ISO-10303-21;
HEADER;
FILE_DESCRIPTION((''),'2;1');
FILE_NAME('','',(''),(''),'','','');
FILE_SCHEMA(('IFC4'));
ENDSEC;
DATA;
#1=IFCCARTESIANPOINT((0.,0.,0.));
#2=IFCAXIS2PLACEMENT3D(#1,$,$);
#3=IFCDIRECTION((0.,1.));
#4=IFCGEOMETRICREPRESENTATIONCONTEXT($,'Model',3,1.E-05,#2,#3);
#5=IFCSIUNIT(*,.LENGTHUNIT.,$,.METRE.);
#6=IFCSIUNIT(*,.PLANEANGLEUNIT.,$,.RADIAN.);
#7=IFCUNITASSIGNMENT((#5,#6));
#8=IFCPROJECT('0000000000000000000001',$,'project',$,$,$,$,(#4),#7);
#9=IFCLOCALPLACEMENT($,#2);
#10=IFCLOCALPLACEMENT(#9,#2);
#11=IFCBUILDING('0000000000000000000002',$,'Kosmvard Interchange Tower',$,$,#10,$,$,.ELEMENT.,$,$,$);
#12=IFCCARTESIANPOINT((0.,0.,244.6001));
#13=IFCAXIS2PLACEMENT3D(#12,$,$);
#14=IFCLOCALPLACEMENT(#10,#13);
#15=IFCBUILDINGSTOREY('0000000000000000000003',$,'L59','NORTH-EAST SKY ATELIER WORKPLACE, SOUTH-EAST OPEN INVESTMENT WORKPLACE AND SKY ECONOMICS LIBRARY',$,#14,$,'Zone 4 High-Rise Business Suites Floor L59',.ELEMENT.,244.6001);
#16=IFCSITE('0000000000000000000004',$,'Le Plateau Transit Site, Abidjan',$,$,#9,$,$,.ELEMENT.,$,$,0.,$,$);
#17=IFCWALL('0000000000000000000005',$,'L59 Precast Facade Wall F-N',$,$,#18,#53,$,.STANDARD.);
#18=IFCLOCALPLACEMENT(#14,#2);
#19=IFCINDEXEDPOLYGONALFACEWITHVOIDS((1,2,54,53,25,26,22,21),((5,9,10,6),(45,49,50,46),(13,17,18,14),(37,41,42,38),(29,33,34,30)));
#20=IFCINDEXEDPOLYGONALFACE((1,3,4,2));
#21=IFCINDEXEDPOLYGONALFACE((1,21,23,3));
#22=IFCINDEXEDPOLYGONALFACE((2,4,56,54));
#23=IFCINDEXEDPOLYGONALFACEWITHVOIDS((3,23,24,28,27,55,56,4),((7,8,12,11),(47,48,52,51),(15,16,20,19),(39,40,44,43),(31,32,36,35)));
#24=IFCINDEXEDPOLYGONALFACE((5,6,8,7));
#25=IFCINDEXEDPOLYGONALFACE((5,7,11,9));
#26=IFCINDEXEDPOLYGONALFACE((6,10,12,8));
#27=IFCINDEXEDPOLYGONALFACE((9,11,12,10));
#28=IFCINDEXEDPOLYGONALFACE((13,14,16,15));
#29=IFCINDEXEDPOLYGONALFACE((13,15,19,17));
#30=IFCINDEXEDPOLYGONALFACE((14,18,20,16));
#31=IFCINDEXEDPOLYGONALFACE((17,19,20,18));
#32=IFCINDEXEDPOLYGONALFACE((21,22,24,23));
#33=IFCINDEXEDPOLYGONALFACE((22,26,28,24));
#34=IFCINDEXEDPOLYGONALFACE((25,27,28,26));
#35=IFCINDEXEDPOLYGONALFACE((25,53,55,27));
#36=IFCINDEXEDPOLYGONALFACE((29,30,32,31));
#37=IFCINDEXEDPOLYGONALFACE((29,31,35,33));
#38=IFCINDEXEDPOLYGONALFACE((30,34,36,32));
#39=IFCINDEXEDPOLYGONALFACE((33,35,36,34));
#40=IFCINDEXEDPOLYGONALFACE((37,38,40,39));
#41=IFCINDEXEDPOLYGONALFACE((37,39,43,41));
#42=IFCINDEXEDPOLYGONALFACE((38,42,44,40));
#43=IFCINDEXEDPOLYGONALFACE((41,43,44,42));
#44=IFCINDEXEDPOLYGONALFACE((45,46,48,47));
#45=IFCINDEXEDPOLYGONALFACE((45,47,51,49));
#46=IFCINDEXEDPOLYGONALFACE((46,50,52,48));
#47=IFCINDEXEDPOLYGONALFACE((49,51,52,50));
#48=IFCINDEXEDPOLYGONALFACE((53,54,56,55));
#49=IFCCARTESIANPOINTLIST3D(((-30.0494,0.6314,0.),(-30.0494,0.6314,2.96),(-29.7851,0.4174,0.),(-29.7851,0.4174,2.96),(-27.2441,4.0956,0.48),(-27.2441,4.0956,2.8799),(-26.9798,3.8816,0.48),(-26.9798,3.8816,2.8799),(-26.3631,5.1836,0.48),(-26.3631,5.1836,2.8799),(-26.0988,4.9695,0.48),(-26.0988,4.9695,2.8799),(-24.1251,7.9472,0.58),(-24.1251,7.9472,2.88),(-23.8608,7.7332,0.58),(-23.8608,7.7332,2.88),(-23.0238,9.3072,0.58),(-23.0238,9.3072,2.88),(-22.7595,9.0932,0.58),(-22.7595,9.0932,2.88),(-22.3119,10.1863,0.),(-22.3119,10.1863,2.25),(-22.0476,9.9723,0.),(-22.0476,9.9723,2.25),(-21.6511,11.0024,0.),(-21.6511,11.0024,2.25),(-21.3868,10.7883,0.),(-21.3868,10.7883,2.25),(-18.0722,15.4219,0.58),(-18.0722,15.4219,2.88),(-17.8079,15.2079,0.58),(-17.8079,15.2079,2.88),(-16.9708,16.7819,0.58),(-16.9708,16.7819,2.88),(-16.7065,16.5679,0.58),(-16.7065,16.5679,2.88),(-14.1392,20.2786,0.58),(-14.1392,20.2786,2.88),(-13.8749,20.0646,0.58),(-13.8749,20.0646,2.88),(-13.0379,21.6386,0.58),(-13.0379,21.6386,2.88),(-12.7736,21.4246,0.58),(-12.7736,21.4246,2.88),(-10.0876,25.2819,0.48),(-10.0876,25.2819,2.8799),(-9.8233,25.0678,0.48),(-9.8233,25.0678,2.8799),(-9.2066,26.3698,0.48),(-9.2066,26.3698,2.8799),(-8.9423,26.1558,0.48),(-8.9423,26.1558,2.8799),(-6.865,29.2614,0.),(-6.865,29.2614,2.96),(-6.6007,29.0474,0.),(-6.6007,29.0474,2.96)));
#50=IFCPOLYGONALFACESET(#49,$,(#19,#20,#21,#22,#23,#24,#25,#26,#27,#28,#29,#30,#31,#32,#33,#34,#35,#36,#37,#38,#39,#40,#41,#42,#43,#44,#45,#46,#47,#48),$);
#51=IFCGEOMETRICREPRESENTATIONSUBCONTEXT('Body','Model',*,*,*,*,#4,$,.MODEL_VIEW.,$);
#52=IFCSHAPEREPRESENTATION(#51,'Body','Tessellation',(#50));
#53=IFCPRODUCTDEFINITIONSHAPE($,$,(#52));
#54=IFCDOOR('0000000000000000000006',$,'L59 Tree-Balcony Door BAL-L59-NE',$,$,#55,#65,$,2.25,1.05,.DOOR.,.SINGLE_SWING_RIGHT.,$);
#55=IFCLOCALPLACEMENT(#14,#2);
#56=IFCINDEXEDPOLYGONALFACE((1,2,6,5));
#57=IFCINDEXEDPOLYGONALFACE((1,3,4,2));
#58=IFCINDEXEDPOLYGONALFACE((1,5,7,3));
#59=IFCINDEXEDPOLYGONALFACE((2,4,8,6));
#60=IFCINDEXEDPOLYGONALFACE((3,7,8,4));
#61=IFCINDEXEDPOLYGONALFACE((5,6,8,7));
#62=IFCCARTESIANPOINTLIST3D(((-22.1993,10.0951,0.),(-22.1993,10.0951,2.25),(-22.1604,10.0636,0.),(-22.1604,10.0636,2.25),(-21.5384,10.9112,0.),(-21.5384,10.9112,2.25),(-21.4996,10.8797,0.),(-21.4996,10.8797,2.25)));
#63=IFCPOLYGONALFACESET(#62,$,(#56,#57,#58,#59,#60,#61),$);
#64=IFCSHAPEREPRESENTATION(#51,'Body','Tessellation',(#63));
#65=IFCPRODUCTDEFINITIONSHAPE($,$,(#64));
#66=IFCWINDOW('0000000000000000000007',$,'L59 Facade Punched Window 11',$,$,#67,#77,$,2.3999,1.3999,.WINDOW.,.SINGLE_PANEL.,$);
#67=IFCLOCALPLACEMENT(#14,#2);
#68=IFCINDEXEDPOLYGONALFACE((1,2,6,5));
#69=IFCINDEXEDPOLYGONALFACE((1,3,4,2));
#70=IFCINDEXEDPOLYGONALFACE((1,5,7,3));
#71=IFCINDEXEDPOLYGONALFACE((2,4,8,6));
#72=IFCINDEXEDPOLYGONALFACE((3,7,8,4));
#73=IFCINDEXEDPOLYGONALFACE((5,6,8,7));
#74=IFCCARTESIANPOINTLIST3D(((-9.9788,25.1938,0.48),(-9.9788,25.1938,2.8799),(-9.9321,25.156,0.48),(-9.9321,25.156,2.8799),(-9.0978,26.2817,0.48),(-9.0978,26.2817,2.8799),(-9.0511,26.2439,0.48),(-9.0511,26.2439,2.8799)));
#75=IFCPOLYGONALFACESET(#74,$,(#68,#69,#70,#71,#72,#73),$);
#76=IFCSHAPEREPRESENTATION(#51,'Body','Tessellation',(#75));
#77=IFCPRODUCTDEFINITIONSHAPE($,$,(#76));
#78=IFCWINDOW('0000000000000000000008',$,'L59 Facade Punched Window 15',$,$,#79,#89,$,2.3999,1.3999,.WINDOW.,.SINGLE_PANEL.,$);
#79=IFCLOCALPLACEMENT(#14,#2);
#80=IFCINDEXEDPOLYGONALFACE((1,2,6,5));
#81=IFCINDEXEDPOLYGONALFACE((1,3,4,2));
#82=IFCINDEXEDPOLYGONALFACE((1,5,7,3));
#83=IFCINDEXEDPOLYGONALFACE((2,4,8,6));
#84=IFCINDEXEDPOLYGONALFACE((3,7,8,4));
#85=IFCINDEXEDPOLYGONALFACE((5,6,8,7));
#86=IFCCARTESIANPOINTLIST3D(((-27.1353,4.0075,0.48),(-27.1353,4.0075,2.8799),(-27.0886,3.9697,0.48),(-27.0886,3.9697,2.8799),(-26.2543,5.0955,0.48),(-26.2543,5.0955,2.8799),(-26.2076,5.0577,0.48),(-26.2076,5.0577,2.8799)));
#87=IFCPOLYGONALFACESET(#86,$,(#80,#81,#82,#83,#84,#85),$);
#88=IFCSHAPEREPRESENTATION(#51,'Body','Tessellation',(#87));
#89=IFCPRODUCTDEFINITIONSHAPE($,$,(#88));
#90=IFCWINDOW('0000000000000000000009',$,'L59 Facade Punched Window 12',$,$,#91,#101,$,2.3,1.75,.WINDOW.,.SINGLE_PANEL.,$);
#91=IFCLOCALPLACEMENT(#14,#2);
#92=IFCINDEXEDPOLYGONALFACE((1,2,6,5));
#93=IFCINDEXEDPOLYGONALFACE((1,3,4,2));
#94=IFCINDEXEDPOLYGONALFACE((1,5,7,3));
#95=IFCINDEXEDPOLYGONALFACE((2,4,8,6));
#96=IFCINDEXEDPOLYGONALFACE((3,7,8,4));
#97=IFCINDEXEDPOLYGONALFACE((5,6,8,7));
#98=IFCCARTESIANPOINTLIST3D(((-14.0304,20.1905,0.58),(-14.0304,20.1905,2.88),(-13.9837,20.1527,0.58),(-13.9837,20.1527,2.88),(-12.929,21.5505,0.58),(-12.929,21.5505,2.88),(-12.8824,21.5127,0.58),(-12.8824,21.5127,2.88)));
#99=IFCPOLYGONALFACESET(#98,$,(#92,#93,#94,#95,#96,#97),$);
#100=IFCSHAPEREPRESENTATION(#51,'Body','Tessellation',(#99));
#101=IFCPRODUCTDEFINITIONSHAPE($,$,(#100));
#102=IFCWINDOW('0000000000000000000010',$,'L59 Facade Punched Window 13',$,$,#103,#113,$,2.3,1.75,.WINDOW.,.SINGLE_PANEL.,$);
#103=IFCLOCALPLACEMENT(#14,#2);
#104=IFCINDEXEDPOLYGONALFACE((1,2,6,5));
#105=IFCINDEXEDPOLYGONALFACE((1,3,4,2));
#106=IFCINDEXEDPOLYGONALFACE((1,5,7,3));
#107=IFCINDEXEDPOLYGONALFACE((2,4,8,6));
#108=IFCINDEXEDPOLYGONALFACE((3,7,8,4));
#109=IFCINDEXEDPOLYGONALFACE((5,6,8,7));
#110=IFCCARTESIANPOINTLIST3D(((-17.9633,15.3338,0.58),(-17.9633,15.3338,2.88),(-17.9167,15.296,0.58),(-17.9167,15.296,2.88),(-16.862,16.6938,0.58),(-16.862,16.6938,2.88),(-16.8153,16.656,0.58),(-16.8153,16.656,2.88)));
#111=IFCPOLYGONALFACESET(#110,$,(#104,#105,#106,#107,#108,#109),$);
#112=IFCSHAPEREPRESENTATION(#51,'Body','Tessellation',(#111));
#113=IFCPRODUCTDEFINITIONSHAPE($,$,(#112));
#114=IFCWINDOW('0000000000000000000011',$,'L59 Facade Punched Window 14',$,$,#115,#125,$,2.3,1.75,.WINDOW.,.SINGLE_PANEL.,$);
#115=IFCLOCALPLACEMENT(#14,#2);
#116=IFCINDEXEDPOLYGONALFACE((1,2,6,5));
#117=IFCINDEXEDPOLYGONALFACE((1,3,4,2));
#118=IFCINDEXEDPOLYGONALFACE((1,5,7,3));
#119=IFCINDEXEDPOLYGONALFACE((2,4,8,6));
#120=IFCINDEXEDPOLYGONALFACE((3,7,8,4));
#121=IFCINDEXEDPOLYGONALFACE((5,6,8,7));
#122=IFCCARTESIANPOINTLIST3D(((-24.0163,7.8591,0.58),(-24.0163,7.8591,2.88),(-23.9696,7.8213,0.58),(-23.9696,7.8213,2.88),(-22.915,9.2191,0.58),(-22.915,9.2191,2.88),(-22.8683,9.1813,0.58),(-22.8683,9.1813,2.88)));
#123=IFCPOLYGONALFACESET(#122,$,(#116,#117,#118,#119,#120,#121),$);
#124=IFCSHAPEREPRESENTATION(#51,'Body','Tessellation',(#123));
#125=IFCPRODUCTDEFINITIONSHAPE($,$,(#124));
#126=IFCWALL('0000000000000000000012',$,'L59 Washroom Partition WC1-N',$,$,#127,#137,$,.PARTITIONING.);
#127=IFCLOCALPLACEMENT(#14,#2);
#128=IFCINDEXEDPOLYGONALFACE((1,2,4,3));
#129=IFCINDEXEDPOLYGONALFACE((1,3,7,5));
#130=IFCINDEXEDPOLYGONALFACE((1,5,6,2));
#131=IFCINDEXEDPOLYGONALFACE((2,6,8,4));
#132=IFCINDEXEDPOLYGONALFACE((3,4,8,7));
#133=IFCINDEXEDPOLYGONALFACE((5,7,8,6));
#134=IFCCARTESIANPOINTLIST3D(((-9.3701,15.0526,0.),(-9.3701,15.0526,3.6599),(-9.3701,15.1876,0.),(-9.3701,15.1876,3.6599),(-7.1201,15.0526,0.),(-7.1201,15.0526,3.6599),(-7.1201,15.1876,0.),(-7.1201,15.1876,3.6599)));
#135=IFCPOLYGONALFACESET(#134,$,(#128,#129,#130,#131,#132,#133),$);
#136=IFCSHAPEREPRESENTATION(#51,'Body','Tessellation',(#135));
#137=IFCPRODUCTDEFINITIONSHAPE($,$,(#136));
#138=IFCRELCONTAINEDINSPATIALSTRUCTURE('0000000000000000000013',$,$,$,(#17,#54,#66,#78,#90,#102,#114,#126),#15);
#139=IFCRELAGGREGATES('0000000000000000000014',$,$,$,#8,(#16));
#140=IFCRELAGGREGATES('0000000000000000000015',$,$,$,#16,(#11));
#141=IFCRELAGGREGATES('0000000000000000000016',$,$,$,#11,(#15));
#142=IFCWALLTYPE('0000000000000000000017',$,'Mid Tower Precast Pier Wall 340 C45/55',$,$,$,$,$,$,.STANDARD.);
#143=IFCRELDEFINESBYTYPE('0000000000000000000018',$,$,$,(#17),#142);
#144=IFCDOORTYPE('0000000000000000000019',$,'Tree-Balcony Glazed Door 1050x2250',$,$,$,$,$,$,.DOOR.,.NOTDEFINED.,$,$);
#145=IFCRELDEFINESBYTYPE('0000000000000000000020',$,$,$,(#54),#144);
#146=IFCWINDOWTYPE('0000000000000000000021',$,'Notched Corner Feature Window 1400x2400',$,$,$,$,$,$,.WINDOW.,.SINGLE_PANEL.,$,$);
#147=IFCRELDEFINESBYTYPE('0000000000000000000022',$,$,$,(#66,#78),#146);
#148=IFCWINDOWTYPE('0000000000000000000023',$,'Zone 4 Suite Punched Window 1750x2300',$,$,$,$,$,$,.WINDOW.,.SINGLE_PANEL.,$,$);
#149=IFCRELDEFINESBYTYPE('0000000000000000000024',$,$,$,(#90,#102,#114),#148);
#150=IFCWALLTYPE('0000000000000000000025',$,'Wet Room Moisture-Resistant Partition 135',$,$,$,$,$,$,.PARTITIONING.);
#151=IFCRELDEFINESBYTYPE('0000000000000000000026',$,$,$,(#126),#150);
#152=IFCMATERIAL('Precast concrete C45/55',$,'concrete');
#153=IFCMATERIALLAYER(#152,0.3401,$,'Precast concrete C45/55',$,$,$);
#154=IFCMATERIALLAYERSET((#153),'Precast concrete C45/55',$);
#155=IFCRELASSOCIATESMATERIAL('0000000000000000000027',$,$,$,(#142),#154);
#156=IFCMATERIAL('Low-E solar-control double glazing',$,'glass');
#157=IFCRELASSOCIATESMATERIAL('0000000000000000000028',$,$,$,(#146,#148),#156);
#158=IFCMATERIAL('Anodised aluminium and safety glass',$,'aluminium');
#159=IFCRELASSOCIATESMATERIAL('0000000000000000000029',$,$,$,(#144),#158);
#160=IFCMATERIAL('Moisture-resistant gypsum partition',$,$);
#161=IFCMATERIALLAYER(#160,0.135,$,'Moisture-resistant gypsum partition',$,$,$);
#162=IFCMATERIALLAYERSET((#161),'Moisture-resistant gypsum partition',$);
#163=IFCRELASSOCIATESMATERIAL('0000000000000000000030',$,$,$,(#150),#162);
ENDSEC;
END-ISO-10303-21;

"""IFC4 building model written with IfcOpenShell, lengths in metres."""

from ifc_helpers import new_model, si_unit, direction, frame, frame_2d, origin, place, context, subcontext, project, spatial, rectangle, extrude, source, transform, mapped, material, layer, layer_set, type_object, element, fill, save


model = new_model("IFC4")

# Units and contexts
model_context = context("Model", 3, precision=1e-05, world=origin(), true_north=direction((0.0, 1.0)))
body_context = subcontext(model_context, "Body", "Model", "MODEL_VIEW")
ifc_project = project(units=[si_unit("LENGTHUNIT", "METRE"), si_unit("PLANEANGLEUNIT", "RADIAN")], contexts=[model_context])

# Site, building, storey
site_placement = place(None, origin())
site = spatial("IfcSite", under=ifc_project, at=site_placement, Name="Le Plateau Transit Site, Abidjan", CompositionType="ELEMENT", RefElevation=0.0)
building_placement = place(site_placement, origin())
building = spatial("IfcBuilding", under=site, at=building_placement, Name="Kosmvard Interchange Tower", CompositionType="ELEMENT")
storey_placement = place(building_placement, frame((0.0, 0.0, 244.6001)))
storey = spatial("IfcBuildingStorey", under=building, at=storey_placement, Name="L59", Description="NORTH-EAST SKY ATELIER WORKPLACE, SOUTH-EAST OPEN INVESTMENT WORKPLACE AND SKY ECONOMICS LIBRARY", LongName="Zone 4 High-Rise Business Suites Floor L59", CompositionType="ELEMENT", Elevation=244.6001)

# Shared definitions
ifc_material_1 = material(Name="Precast concrete C45/55", Category="concrete")
ifc_layer_1 = layer(ifc_material_1, 0.3401, Name="Precast concrete C45/55")
ifc_layer_set_1 = layer_set([ifc_layer_1], Name="Precast concrete C45/55")
wall_type_1 = type_object("IfcWallType", Name="Mid Tower Precast Pier Wall 340 C45/55", PredefinedType="STANDARD", material=ifc_layer_set_1)
ifc_material_2 = material(Name="Low-E solar-control double glazing", Category="glass")
window_type_1 = type_object("IfcWindowType", Name="Notched Corner Feature Window 1400x2400", PartitioningType="SINGLE_PANEL", PredefinedType="WINDOW", material=ifc_material_2)
shared_shape_1 = source(origin(), body_context, "Body", "SweptSolid", [
    extrude(rectangle(XDim=1.3999, YDim=2.3999, at=frame_2d((0.7, 1.2))), frame((0.0, 0.03, 0.0), z_axis=(0.0, -1.0, 0.0), x_axis=(1.0, 0.0, 0.0)), (0.0, 0.0, 1.0), 0.0601),
])

# Wall, openings, door, windows
wall_1_placement = place(storey_placement, frame((-6.7329, 29.1543, 0.0), z_axis=(0.0, 0.0, 1.0), x_axis=(-0.629325, -0.777142, 0.0)))
wall_1 = element("IfcWall", 1, at=wall_1_placement, inside=storey, type_object=wall_type_1, Name="L59 Precast Facade Wall F-N", PredefinedType="STANDARD", context=body_context, shape_type="SweptSolid", body=[
    extrude(rectangle(XDim=36.8401, YDim=0.3401, at=frame_2d((18.4199, 0.0))), origin(), (0.0, 0.0, 1.0), 2.96),
])
opening_1_placement = place(wall_1_placement, frame((23.4951, 0.0, 0.0)))
opening_1 = element("IfcOpeningElement", 2, at=opening_1_placement, cuts=wall_1, PredefinedType="OPENING", context=body_context, shape_type="SweptSolid", body=[
    extrude(rectangle(XDim=1.05, YDim=2.25, at=frame_2d((0.5249, 1.125))), frame((0.0, 0.1802, 0.0), z_axis=(0.0, -1.0, 0.0), x_axis=(1.0, 0.0, 0.0)), (0.0, 0.0, 1.0), 0.3601),
])
opening_2_placement = place(wall_1_placement, frame((3.7207, 0.0, 0.48)))
opening_2 = element("IfcOpeningElement", 3, at=opening_2_placement, cuts=wall_1, PredefinedType="OPENING", context=body_context, shape_type="SweptSolid", body=[
    extrude(rectangle(XDim=1.3999, YDim=2.3999, at=frame_2d((0.7, 1.2))), frame((0.0, 0.1802, 0.0), z_axis=(0.0, -1.0, 0.0), x_axis=(1.0, 0.0, 0.0)), (0.0, 0.0, 1.0), 0.3601),
])
opening_3_placement = place(wall_1_placement, frame((9.8086, 0.0, 0.5801)))
opening_3 = element("IfcOpeningElement", 4, at=opening_3_placement, cuts=wall_1, PredefinedType="OPENING", context=body_context, shape_type="SweptSolid", body=[
    extrude(rectangle(XDim=1.75, YDim=2.3, at=frame_2d((0.875, 1.1499))), frame((0.0, 0.1802, 0.0), z_axis=(0.0, -1.0, 0.0), x_axis=(1.0, 0.0, 0.0)), (0.0, 0.0, 1.0), 0.3601),
])
opening_4_placement = place(wall_1_placement, frame((16.0581, 0.0, 0.5801)))
opening_4 = element("IfcOpeningElement", 5, at=opening_4_placement, cuts=wall_1, PredefinedType="OPENING", context=body_context, shape_type="SweptSolid", body=[
    extrude(rectangle(XDim=1.75, YDim=2.3, at=frame_2d((0.875, 1.1499))), frame((0.0, 0.1802, 0.0), z_axis=(0.0, -1.0, 0.0), x_axis=(1.0, 0.0, 0.0)), (0.0, 0.0, 1.0), 0.3601),
])
opening_5_placement = place(wall_1_placement, frame((25.6763, 0.0, 0.5801)))
opening_5 = element("IfcOpeningElement", 6, at=opening_5_placement, cuts=wall_1, PredefinedType="OPENING", context=body_context, shape_type="SweptSolid", body=[
    extrude(rectangle(XDim=1.75, YDim=2.3, at=frame_2d((0.875, 1.1499))), frame((0.0, 0.1802, 0.0), z_axis=(0.0, -1.0, 0.0), x_axis=(1.0, 0.0, 0.0)), (0.0, 0.0, 1.0), 0.3601),
])
opening_6_placement = place(wall_1_placement, frame((30.9824, 0.0, 0.48)))
opening_6 = element("IfcOpeningElement", 7, at=opening_6_placement, cuts=wall_1, PredefinedType="OPENING", context=body_context, shape_type="SweptSolid", body=[
    extrude(rectangle(XDim=1.3999, YDim=2.3999, at=frame_2d((0.7, 1.2))), frame((0.0, 0.1802, 0.0), z_axis=(0.0, -1.0, 0.0), x_axis=(1.0, 0.0, 0.0)), (0.0, 0.0, 1.0), 0.3601),
])
ifc_material_3 = material(Name="Anodised aluminium and safety glass", Category="aluminium")
door_type = type_object("IfcDoorType", Name="Tree-Balcony Glazed Door 1050x2250", OperationType="NOTDEFINED", PredefinedType="DOOR", material=ifc_material_3)
shared_shape_2 = source(origin(), body_context, "Body", "SweptSolid", [
    extrude(rectangle(XDim=1.05, YDim=2.25, at=frame_2d((0.5249, 1.125))), frame((0.0, 0.0249, 0.0), z_axis=(0.0, -1.0, 0.0), x_axis=(1.0, 0.0, 0.0)), (0.0, 0.0, 1.0), 0.05),
])
door_placement = place(opening_1_placement, origin())
door = element("IfcDoor", 8, at=door_placement, inside=storey, type_object=door_type, Name="L59 Tree-Balcony Door BAL-L59-NE", OperationType="SINGLE_SWING_RIGHT", OverallHeight=2.25, OverallWidth=1.05, PredefinedType="DOOR", context=body_context, shape_type="MappedRepresentation", body=[
    mapped(shared_shape_2, transform((0.0, 0.0, 0.0), scale=1.0)),
])
fill(opening_1, door)
window_1_placement = place(opening_2_placement, origin())
window_1 = element("IfcWindow", 9, at=window_1_placement, inside=storey, type_object=window_type_1, Name="L59 Facade Punched Window 11", OverallHeight=2.3999, OverallWidth=1.3999, PartitioningType="SINGLE_PANEL", PredefinedType="WINDOW", context=body_context, shape_type="MappedRepresentation", body=[
    mapped(shared_shape_1, transform((0.0, 0.0, 0.0), scale=1.0)),
])
fill(opening_2, window_1)
window_2_placement = place(opening_6_placement, origin())
window_2 = element("IfcWindow", 10, at=window_2_placement, inside=storey, type_object=window_type_1, Name="L59 Facade Punched Window 15", OverallHeight=2.3999, OverallWidth=1.3999, PartitioningType="SINGLE_PANEL", PredefinedType="WINDOW", context=body_context, shape_type="MappedRepresentation", body=[
    mapped(shared_shape_1, transform((0.0, 0.0, 0.0), scale=1.0)),
])
fill(opening_6, window_2)
window_type_2 = type_object("IfcWindowType", Name="Zone 4 Suite Punched Window 1750x2300", PartitioningType="SINGLE_PANEL", PredefinedType="WINDOW", material=ifc_material_2)
shared_shape_3 = source(origin(), body_context, "Body", "SweptSolid", [
    extrude(rectangle(XDim=1.75, YDim=2.3, at=frame_2d((0.875, 1.1499))), frame((0.0, 0.03, 0.0), z_axis=(0.0, -1.0, 0.0), x_axis=(1.0, 0.0, 0.0)), (0.0, 0.0, 1.0), 0.0601),
])
window_3_placement = place(opening_3_placement, origin())
window_3 = element("IfcWindow", 11, at=window_3_placement, inside=storey, type_object=window_type_2, Name="L59 Facade Punched Window 12", OverallHeight=2.3, OverallWidth=1.75, PartitioningType="SINGLE_PANEL", PredefinedType="WINDOW", context=body_context, shape_type="MappedRepresentation", body=[
    mapped(shared_shape_3, transform((0.0, 0.0, 0.0), scale=1.0)),
])
fill(opening_3, window_3)
window_4_placement = place(opening_4_placement, origin())
window_4 = element("IfcWindow", 12, at=window_4_placement, inside=storey, type_object=window_type_2, Name="L59 Facade Punched Window 13", OverallHeight=2.3, OverallWidth=1.75, PartitioningType="SINGLE_PANEL", PredefinedType="WINDOW", context=body_context, shape_type="MappedRepresentation", body=[
    mapped(shared_shape_3, transform((0.0, 0.0, 0.0), scale=1.0)),
])
fill(opening_4, window_4)
window_5_placement = place(opening_5_placement, origin())
window_5 = element("IfcWindow", 13, at=window_5_placement, inside=storey, type_object=window_type_2, Name="L59 Facade Punched Window 14", OverallHeight=2.3, OverallWidth=1.75, PartitioningType="SINGLE_PANEL", PredefinedType="WINDOW", context=body_context, shape_type="MappedRepresentation", body=[
    mapped(shared_shape_3, transform((0.0, 0.0, 0.0), scale=1.0)),
])
fill(opening_5, window_5)

# Wall
ifc_material_4 = material(Name="Moisture-resistant gypsum partition")
ifc_layer_2 = layer(ifc_material_4, 0.135, Name="Moisture-resistant gypsum partition")
ifc_layer_set_2 = layer_set([ifc_layer_2], Name="Moisture-resistant gypsum partition")
wall_type_2 = type_object("IfcWallType", Name="Wet Room Moisture-Resistant Partition 135", PredefinedType="PARTITIONING", material=ifc_layer_set_2)
wall_2_placement = place(storey_placement, frame((-9.3701, 15.1201, 0.0), z_axis=(0.0, 0.0, 1.0), x_axis=(1.0, 0.0, 0.0)))
element("IfcWall", 14, at=wall_2_placement, inside=storey, type_object=wall_type_2, Name="L59 Washroom Partition WC1-N", PredefinedType="PARTITIONING", context=body_context, shape_type="SweptSolid", body=[
    extrude(rectangle(XDim=2.25, YDim=0.135, at=frame_2d((1.125, 0.0))), origin(), (0.0, 0.0, 1.0), 3.6599),
])

save(model, "model.ifc")
